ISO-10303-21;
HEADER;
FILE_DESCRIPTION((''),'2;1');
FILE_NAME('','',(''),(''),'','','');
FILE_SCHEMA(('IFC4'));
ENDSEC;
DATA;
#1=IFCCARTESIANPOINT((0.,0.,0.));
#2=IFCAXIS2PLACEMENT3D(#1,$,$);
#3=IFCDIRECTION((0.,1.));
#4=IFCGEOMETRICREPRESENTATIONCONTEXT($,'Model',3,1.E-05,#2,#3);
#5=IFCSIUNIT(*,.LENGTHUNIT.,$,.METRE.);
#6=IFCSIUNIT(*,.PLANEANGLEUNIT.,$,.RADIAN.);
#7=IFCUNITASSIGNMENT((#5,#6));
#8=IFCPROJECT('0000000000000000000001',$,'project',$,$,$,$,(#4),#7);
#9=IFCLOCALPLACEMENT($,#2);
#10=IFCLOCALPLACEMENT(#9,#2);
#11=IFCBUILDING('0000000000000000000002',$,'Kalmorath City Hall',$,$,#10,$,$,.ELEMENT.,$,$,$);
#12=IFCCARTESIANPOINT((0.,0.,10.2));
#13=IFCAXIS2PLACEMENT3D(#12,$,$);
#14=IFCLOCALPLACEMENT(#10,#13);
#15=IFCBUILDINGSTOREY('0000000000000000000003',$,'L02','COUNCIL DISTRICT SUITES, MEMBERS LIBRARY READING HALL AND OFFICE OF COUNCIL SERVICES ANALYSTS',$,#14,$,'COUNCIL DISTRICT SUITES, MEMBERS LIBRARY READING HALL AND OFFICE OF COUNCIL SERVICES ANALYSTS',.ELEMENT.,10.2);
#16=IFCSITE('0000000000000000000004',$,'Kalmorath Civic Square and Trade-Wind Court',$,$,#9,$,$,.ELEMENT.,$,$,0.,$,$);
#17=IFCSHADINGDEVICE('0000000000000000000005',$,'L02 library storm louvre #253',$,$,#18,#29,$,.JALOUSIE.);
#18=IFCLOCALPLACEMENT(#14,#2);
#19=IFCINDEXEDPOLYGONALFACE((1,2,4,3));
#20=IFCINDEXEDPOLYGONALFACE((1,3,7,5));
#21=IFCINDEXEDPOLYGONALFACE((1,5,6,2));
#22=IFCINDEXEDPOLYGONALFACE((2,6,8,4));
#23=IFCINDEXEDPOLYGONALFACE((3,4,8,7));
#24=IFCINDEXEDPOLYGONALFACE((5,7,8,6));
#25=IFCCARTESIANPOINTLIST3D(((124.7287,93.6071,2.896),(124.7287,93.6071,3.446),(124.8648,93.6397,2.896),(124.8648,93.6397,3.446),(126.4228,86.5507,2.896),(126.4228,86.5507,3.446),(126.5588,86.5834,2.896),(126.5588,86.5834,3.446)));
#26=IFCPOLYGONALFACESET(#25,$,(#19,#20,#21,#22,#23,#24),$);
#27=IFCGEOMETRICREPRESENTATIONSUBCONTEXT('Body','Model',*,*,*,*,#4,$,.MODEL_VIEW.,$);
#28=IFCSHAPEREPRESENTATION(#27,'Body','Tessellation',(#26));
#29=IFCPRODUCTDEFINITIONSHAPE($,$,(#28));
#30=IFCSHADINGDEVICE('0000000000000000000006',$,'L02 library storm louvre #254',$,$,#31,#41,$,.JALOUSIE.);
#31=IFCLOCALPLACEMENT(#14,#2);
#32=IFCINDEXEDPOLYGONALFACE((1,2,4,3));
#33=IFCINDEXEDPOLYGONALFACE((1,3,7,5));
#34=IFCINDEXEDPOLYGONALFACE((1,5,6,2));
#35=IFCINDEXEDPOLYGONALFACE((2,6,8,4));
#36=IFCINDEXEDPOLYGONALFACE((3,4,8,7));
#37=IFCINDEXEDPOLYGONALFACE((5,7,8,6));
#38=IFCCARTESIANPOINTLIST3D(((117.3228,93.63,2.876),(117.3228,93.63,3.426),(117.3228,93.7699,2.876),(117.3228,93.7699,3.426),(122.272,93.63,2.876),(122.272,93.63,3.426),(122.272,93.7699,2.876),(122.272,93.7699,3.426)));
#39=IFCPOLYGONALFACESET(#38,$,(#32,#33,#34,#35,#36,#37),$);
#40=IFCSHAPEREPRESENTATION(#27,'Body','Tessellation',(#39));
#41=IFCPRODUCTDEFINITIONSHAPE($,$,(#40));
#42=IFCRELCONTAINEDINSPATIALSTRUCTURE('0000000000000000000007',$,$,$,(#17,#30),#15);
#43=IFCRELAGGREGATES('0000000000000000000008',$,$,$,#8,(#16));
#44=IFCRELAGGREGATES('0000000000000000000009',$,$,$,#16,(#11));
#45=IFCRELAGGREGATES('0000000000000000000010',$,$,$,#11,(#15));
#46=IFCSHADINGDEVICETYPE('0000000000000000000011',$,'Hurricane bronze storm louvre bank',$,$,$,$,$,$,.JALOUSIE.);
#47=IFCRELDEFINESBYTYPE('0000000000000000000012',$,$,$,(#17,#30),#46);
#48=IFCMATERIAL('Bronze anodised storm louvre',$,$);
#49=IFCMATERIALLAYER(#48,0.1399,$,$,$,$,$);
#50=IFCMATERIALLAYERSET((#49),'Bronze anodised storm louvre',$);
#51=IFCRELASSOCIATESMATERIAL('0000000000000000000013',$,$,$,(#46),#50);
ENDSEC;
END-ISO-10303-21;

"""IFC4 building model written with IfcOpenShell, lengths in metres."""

from ifc_helpers import new_model, si_unit, direction, frame, origin, origin_2d, place, context, subcontext, project, spatial, rectangle, extrude, material, layer, layer_set, type_object, element, save


model = new_model("IFC4")

# Units and contexts
model_context = context("Model", 3, precision=1e-05, world=origin(), true_north=direction((0.0, 1.0)))
body_context = subcontext(model_context, "Body", "Model", "MODEL_VIEW")
ifc_project = project(units=[si_unit("LENGTHUNIT", "METRE"), si_unit("PLANEANGLEUNIT", "RADIAN")], contexts=[model_context])

# Site, building, storey
site_placement = place(None, origin())
site = spatial("IfcSite", under=ifc_project, at=site_placement, Name="Kalmorath Civic Square and Trade-Wind Court", CompositionType="ELEMENT", RefElevation=0.0)
building_placement = place(site_placement, origin())
building = spatial("IfcBuilding", under=site, at=building_placement, Name="Kalmorath City Hall", CompositionType="ELEMENT")
storey_placement = place(building_placement, frame((0.0, 0.0, 10.2)))
storey = spatial("IfcBuildingStorey", under=building, at=storey_placement, Name="L02", Description="COUNCIL DISTRICT SUITES, MEMBERS LIBRARY READING HALL AND OFFICE OF COUNCIL SERVICES ANALYSTS", LongName="COUNCIL DISTRICT SUITES, MEMBERS LIBRARY READING HALL AND OFFICE OF COUNCIL SERVICES ANALYSTS", CompositionType="ELEMENT", Elevation=10.2)

# Shading devices
ifc_material_1 = material(Name="Bronze anodised storm louvre")
ifc_layer_1 = layer(ifc_material_1, 0.1399)
ifc_layer_set_1 = layer_set([ifc_layer_1], Name="Bronze anodised storm louvre")
shading_device_type = type_object("IfcShadingDeviceType", Name="Hurricane bronze storm louvre bank", PredefinedType="JALOUSIE", material=ifc_layer_set_1)
shading_device_1_placement = place(storey_placement, frame((125.6438, 90.0952, 2.896), z_axis=(0.0, 0.0, 1.0), x_axis=(-0.233445, 0.97237, 0.0)))
element("IfcShadingDevice", 1, at=shading_device_1_placement, inside=storey, type_object=shading_device_type, Name="L02 library storm louvre #253", PredefinedType="JALOUSIE", context=body_context, shape_type="SweptSolid", body=[
    extrude(rectangle(XDim=7.2568, YDim=0.1399, at=origin_2d()), origin(), (0.0, 0.0, 1.0), 0.55),
])
shading_device_2_placement = place(storey_placement, frame((119.7974, 93.7, 2.876), z_axis=(0.0, 0.0, 1.0), x_axis=(-1.0, 0.0, 0.0)))
element("IfcShadingDevice", 2, at=shading_device_2_placement, inside=storey, type_object=shading_device_type, Name="L02 library storm louvre #254", PredefinedType="JALOUSIE", context=body_context, shape_type="SweptSolid", body=[
    extrude(rectangle(XDim=4.9492, YDim=0.1399, at=origin_2d()), origin(), (0.0, 0.0, 1.0), 0.55),
])

save(model, "model.ifc")
